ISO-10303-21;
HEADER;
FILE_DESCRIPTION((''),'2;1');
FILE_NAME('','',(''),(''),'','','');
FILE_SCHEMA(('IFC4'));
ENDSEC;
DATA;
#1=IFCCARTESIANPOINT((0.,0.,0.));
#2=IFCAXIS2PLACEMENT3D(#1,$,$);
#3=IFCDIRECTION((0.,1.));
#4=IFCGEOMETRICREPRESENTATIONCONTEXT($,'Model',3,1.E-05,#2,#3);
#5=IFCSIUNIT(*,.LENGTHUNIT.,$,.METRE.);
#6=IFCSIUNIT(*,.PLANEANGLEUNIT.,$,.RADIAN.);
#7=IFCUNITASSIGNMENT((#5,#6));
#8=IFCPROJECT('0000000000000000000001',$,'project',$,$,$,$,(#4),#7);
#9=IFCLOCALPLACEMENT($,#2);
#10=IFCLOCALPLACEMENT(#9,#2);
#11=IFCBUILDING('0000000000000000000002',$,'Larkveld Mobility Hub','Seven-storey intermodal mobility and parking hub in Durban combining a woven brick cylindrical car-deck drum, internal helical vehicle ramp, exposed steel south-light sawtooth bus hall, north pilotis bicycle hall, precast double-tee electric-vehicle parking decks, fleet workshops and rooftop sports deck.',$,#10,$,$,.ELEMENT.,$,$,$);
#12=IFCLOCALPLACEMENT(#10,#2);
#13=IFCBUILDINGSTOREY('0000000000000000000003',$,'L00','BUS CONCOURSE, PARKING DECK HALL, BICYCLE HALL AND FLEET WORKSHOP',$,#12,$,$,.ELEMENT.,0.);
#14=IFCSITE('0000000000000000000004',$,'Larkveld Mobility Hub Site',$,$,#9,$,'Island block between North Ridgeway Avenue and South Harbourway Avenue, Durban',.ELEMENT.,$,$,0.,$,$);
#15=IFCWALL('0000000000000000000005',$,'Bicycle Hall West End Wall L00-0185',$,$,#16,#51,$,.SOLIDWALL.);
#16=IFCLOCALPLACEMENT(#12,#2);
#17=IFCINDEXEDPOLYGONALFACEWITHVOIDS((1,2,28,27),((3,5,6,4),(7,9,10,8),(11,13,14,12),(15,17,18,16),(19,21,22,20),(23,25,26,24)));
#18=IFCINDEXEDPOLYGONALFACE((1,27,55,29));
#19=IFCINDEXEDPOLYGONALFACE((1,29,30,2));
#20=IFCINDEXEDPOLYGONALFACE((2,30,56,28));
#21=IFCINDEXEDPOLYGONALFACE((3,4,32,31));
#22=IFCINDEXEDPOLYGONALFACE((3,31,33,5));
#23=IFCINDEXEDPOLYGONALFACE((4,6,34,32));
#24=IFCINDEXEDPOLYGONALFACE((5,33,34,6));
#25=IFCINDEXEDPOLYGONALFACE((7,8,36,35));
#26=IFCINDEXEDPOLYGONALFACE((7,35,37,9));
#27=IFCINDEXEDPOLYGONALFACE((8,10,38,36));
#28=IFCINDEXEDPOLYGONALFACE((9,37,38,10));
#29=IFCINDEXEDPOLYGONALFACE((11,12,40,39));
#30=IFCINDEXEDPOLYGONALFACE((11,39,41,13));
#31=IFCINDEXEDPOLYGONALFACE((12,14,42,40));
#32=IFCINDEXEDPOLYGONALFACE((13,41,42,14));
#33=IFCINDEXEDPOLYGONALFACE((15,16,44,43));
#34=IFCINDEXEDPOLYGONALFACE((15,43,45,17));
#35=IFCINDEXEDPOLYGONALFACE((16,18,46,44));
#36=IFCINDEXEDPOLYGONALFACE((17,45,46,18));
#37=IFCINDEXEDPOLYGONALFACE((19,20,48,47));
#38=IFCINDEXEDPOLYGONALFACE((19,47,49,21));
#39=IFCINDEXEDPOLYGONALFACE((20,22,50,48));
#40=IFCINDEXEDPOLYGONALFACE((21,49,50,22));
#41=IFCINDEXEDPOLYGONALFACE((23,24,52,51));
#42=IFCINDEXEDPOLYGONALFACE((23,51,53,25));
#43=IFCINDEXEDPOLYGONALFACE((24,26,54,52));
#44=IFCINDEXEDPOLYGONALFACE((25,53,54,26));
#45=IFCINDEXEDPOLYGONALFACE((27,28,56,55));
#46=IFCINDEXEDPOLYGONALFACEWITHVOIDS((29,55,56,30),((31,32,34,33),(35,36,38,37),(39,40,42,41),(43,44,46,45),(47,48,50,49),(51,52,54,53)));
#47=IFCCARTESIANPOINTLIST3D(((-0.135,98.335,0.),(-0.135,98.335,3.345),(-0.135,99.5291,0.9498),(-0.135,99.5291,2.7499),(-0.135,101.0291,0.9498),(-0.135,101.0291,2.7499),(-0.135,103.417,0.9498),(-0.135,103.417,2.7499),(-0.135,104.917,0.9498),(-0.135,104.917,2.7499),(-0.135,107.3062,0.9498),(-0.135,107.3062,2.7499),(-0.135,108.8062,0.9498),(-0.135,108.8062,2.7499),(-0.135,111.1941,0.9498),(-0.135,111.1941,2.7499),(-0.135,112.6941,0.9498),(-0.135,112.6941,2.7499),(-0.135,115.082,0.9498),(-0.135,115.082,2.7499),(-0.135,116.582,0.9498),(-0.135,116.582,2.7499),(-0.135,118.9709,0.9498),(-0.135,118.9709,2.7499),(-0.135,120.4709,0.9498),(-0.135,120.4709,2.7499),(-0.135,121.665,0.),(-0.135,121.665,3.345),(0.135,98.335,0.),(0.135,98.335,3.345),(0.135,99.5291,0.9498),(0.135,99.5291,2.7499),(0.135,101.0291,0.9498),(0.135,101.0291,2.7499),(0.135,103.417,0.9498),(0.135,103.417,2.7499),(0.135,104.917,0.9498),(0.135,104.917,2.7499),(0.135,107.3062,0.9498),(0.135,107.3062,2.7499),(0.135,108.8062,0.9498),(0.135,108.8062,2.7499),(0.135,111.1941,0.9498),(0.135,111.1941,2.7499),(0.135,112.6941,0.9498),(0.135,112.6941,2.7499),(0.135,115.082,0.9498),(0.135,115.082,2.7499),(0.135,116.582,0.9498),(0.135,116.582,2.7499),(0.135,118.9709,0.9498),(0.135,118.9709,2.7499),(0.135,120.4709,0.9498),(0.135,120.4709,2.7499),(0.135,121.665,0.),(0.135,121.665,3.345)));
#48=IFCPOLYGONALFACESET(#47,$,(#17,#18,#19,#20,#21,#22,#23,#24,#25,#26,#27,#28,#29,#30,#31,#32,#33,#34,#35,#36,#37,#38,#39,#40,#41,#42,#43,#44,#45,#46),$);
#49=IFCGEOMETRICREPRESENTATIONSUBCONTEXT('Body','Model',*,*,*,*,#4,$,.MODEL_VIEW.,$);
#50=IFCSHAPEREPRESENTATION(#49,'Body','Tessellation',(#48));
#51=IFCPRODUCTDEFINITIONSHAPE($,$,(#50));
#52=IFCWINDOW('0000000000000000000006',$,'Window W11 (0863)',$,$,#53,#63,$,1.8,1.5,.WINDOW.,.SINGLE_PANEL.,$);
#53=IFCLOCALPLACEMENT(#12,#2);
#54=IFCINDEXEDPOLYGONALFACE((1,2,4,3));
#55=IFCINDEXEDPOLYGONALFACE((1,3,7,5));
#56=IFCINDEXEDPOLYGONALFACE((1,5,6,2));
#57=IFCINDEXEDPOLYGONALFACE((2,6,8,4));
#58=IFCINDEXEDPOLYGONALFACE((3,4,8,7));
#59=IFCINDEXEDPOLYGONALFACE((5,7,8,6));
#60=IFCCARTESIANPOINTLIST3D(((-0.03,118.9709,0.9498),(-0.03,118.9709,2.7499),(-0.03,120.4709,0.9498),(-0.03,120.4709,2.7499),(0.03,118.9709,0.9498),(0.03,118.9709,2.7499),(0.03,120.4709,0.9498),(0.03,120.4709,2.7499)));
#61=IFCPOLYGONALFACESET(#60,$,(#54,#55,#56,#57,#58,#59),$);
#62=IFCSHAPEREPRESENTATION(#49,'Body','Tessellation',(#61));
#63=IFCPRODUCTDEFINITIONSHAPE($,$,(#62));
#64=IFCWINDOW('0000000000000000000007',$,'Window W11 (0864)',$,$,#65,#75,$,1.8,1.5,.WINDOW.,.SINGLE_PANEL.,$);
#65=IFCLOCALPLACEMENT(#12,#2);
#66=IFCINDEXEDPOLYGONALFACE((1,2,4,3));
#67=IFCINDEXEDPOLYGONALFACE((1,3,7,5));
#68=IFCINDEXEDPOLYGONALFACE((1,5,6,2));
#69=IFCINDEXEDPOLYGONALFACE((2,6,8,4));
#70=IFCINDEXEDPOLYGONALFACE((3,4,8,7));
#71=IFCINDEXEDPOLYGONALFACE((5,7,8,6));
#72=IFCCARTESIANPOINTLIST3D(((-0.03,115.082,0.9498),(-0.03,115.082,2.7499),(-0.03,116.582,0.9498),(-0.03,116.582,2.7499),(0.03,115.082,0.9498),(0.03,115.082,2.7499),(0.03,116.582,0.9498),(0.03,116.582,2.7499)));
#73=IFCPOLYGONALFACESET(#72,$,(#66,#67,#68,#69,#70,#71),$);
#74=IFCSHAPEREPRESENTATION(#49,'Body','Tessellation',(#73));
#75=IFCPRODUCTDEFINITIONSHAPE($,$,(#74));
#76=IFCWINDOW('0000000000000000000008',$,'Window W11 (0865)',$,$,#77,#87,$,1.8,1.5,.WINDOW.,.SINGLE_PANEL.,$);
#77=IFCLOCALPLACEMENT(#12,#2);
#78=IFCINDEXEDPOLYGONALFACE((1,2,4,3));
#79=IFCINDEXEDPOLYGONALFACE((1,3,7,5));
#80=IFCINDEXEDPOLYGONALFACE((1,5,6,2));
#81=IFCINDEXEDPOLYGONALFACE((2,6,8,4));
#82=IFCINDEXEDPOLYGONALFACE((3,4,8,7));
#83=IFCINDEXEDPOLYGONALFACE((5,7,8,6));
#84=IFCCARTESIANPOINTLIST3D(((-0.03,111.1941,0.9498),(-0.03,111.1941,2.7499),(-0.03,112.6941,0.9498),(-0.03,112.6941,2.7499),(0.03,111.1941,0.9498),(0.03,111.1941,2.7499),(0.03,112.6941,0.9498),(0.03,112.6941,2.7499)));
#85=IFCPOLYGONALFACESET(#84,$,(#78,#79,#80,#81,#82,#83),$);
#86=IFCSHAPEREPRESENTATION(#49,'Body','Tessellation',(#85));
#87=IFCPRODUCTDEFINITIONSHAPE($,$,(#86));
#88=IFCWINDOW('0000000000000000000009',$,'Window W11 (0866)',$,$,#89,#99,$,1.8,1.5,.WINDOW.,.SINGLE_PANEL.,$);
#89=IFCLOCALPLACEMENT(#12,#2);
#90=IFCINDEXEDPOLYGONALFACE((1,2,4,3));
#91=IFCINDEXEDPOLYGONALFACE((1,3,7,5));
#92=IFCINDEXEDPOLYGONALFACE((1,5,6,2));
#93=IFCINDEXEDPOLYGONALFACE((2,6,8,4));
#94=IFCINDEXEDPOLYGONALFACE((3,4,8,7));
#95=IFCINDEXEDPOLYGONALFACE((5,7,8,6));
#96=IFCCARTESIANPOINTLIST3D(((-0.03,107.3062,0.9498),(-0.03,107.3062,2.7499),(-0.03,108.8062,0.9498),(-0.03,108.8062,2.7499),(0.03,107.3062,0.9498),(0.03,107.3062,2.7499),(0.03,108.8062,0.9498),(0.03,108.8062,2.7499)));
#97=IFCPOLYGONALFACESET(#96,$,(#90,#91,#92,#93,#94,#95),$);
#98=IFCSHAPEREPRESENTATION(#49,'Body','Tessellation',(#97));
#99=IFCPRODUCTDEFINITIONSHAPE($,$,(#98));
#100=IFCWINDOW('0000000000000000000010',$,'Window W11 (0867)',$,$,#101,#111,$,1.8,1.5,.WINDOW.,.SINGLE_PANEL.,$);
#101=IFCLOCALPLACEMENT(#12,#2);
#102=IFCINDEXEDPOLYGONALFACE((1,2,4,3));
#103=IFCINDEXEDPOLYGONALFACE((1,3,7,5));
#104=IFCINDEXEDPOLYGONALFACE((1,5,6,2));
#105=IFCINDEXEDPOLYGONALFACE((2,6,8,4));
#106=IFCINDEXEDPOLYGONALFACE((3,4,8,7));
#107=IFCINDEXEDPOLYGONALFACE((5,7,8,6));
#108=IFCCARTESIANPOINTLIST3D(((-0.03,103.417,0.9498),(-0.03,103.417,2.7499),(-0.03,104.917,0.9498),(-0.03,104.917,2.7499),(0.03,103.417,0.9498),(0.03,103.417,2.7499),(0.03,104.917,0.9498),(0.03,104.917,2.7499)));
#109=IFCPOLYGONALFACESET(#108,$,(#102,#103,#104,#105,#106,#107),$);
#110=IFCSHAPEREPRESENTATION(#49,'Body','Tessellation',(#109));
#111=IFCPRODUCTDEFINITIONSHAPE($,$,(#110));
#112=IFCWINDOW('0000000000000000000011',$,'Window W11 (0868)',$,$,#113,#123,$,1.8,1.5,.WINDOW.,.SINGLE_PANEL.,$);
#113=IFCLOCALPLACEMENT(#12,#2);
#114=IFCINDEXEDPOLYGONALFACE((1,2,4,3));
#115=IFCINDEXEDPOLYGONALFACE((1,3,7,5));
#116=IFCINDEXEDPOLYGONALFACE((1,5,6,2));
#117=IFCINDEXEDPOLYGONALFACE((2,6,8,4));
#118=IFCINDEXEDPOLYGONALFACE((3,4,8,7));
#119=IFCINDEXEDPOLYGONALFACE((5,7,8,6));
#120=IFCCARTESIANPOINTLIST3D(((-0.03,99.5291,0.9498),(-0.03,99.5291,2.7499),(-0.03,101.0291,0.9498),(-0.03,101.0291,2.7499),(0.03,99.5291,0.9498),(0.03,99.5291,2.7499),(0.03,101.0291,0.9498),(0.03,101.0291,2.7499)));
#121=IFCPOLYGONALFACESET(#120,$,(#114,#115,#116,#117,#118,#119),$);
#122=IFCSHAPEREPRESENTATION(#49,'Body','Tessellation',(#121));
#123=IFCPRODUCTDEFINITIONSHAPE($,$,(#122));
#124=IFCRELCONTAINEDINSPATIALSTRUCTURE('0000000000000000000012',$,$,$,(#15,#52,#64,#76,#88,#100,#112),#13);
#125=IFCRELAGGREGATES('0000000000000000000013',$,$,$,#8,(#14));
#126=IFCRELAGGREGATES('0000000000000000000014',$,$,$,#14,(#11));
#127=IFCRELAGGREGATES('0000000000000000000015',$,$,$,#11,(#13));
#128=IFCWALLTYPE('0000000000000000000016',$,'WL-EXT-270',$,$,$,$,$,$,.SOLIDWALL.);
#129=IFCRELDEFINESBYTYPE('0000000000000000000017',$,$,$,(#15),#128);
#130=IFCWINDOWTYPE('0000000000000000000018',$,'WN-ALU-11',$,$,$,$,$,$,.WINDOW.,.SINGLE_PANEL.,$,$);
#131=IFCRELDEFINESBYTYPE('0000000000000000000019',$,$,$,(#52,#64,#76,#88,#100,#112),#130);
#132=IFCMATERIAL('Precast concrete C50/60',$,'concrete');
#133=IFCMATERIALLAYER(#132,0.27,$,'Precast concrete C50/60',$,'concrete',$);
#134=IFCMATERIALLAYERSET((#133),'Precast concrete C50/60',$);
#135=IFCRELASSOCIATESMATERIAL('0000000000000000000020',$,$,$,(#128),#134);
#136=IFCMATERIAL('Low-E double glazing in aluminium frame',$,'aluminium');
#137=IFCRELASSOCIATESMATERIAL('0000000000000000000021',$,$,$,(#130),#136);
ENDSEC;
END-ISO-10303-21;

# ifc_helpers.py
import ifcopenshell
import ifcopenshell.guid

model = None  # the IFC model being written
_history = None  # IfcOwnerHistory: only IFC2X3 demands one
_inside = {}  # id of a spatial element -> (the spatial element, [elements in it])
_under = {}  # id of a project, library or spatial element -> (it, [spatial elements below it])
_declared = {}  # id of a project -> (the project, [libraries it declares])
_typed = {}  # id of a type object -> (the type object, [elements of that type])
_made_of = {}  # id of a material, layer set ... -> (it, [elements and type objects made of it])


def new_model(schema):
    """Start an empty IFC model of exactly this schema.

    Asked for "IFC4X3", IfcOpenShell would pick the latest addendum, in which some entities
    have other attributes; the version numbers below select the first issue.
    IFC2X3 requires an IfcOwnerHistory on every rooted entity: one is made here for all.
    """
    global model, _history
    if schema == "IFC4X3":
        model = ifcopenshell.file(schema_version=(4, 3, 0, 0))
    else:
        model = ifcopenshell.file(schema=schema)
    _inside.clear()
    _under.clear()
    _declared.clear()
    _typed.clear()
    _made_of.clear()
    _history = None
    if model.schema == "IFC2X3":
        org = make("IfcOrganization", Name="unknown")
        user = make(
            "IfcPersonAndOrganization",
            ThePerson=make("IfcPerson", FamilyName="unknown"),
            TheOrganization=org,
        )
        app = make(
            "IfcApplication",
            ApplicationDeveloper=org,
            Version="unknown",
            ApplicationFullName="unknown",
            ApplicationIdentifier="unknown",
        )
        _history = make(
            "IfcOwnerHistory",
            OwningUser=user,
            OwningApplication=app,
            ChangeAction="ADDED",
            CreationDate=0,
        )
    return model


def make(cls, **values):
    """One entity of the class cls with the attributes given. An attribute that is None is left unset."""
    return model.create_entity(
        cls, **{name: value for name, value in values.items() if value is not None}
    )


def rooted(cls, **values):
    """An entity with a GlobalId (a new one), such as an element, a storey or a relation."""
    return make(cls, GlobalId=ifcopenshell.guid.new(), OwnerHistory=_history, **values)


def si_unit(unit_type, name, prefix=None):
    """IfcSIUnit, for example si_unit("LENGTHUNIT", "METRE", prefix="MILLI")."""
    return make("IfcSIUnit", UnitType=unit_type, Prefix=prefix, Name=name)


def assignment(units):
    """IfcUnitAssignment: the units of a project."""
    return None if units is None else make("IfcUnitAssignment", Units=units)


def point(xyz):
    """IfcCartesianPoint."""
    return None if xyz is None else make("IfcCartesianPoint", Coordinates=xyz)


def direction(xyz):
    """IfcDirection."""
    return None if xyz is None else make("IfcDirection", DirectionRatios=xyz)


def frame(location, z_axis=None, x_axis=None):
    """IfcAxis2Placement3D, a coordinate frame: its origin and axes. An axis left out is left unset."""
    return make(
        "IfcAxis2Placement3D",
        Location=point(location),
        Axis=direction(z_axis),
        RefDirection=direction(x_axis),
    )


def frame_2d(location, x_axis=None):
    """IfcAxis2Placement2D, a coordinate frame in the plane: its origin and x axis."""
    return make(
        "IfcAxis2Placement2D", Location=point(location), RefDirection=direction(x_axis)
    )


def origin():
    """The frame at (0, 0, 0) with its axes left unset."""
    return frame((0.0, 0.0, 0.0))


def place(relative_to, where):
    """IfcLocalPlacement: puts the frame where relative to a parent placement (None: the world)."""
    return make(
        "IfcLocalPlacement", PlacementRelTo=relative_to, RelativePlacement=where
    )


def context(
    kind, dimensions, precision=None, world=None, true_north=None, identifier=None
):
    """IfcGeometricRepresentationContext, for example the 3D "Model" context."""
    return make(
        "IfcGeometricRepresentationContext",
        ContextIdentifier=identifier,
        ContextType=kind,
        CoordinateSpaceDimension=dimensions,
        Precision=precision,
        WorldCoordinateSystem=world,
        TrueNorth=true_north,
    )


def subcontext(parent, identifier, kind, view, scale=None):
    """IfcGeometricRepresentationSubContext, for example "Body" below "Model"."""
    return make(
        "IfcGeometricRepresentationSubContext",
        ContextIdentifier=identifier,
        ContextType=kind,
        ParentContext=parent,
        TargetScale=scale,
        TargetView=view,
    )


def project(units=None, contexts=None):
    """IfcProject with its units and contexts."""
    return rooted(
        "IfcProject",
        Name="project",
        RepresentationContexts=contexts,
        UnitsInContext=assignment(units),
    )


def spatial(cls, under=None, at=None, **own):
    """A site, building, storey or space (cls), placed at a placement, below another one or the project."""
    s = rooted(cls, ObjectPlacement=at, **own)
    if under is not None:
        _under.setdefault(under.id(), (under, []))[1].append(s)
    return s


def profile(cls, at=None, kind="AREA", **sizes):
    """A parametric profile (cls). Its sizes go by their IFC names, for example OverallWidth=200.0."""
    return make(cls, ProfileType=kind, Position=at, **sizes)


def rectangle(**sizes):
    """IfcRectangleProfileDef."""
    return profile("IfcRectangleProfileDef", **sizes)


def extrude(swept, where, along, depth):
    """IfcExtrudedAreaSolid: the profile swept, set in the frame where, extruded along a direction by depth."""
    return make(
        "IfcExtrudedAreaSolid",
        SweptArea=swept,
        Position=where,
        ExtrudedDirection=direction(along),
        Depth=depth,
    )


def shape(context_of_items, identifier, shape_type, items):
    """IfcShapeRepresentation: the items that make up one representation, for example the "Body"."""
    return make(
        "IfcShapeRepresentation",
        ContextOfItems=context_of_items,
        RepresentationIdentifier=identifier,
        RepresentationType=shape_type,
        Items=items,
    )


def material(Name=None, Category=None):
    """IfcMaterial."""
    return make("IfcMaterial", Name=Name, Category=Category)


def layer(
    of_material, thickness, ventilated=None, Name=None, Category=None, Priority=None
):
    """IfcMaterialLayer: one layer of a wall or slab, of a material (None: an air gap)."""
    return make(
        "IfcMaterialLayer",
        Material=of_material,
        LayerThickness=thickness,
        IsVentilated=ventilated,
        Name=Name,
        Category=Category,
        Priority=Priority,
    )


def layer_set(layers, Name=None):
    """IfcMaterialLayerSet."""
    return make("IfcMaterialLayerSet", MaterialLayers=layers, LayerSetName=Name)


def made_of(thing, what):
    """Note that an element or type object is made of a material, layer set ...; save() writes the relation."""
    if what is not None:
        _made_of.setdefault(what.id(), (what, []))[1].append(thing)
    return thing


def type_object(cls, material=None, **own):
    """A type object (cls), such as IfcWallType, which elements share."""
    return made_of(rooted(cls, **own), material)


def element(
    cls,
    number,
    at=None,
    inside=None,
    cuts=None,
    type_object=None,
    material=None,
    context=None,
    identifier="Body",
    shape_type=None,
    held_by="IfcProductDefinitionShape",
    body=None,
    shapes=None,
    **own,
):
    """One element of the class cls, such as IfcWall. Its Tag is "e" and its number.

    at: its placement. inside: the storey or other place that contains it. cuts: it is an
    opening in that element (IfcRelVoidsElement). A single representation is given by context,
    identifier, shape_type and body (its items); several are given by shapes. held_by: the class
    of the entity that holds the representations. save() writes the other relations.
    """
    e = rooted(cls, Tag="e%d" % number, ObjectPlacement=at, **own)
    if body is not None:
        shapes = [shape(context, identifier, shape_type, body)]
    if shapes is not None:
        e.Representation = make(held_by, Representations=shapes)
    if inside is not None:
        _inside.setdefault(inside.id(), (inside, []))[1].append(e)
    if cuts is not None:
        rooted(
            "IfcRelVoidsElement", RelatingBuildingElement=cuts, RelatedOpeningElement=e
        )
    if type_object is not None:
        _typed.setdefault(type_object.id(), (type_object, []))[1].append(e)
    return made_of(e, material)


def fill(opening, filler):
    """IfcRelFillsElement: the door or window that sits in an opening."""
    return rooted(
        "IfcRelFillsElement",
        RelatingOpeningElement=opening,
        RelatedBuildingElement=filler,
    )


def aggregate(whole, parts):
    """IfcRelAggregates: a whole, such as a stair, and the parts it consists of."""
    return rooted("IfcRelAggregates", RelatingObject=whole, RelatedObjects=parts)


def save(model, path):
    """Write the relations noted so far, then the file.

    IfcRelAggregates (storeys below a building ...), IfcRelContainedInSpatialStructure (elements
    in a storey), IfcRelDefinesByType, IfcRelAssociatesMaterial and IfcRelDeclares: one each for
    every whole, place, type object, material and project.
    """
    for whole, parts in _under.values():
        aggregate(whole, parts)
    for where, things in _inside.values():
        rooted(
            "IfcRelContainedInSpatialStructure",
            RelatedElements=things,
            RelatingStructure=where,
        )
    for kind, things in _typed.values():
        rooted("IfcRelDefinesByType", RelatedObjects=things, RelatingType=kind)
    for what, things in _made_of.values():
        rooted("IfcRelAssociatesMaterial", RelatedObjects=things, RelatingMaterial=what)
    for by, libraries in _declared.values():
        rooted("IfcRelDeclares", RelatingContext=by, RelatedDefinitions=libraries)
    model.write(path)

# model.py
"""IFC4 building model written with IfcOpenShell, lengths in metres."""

from ifc_helpers import new_model, si_unit, direction, frame, frame_2d, origin, place, context, subcontext, project, spatial, rectangle, extrude, material, layer, layer_set, type_object, element, fill, save


model = new_model("IFC4")

# Units and contexts
model_context = context("Model", 3, precision=1e-05, world=origin(), true_north=direction((0.0, 1.0)))
body_context = subcontext(model_context, "Body", "Model", "MODEL_VIEW")
ifc_project = project(units=[si_unit("LENGTHUNIT", "METRE"), si_unit("PLANEANGLEUNIT", "RADIAN")], contexts=[model_context])

# Site, building, storey
site_placement = place(None, origin())
site = spatial("IfcSite", under=ifc_project, at=site_placement, Name="Larkveld Mobility Hub Site", LongName="Island block between North Ridgeway Avenue and South Harbourway Avenue, Durban", CompositionType="ELEMENT", RefElevation=0.0)
building_placement = place(site_placement, origin())
building = spatial("IfcBuilding", under=site, at=building_placement, Name="Larkveld Mobility Hub", Description="Seven-storey intermodal mobility and parking hub in Durban combining a woven brick cylindrical car-deck drum, internal helical vehicle ramp, exposed steel south-light sawtooth bus hall, north pilotis bicycle hall, precast double-tee electric-vehicle parking decks, fleet workshops and rooftop sports deck.", CompositionType="ELEMENT")
storey_placement = place(building_placement, origin())
storey = spatial("IfcBuildingStorey", under=building, at=storey_placement, Name="L00", Description="BUS CONCOURSE, PARKING DECK HALL, BICYCLE HALL AND FLEET WORKSHOP", CompositionType="ELEMENT", Elevation=0.0)

# Shared definitions
ifc_material_1 = material(Name="Precast concrete C50/60", Category="concrete")

# Wall, openings, windows
ifc_layer_1 = layer(ifc_material_1, 0.27, Name="Precast concrete C50/60", Category="concrete")
ifc_layer_set_1 = layer_set([ifc_layer_1], Name="Precast concrete C50/60")
wall_type = type_object("IfcWallType", Name="WL-EXT-270", PredefinedType="SOLIDWALL", material=ifc_layer_set_1)
wall_placement = place(storey_placement, frame((0.0, 121.665, 0.0), z_axis=(0.0, 0.0, 1.0), x_axis=(0.0, -1.0, 0.0)))
wall = element("IfcWall", 1, at=wall_placement, inside=storey, type_object=wall_type, Name="Bicycle Hall West End Wall L00-0185", PredefinedType="SOLIDWALL", context=body_context, shape_type="SweptSolid", body=[
    extrude(rectangle(XDim=23.3301, YDim=0.27, at=frame_2d((11.665, 0.0))), origin(), (0.0, 0.0, 1.0), 3.345),
])
opening_1_placement = place(wall_placement, frame((1.1941, 0.0, 0.95)))
opening_1 = element("IfcOpeningElement", 2, at=opening_1_placement, cuts=wall, PredefinedType="OPENING", context=body_context, shape_type="SweptSolid", body=[
    extrude(rectangle(XDim=1.5, YDim=1.8, at=frame_2d((0.75, 0.8999))), frame((0.0, 0.145, 0.0), z_axis=(0.0, -1.0, 0.0), x_axis=(1.0, 0.0, 0.0)), (0.0, 0.0, 1.0), 0.29),
])
opening_2_placement = place(wall_placement, frame((5.083, 0.0, 0.95)))
opening_2 = element("IfcOpeningElement", 3, at=opening_2_placement, cuts=wall, PredefinedType="OPENING", context=body_context, shape_type="SweptSolid", body=[
    extrude(rectangle(XDim=1.5, YDim=1.8, at=frame_2d((0.75, 0.8999))), frame((0.0, 0.145, 0.0), z_axis=(0.0, -1.0, 0.0), x_axis=(1.0, 0.0, 0.0)), (0.0, 0.0, 1.0), 0.29),
])
opening_3_placement = place(wall_placement, frame((8.9709, 0.0, 0.95)))
opening_3 = element("IfcOpeningElement", 4, at=opening_3_placement, cuts=wall, PredefinedType="OPENING", context=body_context, shape_type="SweptSolid", body=[
    extrude(rectangle(XDim=1.5, YDim=1.8, at=frame_2d((0.75, 0.8999))), frame((0.0, 0.145, 0.0), z_axis=(0.0, -1.0, 0.0), x_axis=(1.0, 0.0, 0.0)), (0.0, 0.0, 1.0), 0.29),
])
opening_4_placement = place(wall_placement, frame((12.8589, 0.0, 0.95)))
opening_4 = element("IfcOpeningElement", 5, at=opening_4_placement, cuts=wall, PredefinedType="OPENING", context=body_context, shape_type="SweptSolid", body=[
    extrude(rectangle(XDim=1.5, YDim=1.8, at=frame_2d((0.75, 0.8999))), frame((0.0, 0.145, 0.0), z_axis=(0.0, -1.0, 0.0), x_axis=(1.0, 0.0, 0.0)), (0.0, 0.0, 1.0), 0.29),
])
opening_5_placement = place(wall_placement, frame((16.748, 0.0, 0.95)))
opening_5 = element("IfcOpeningElement", 6, at=opening_5_placement, cuts=wall, PredefinedType="OPENING", context=body_context, shape_type="SweptSolid", body=[
    extrude(rectangle(XDim=1.5, YDim=1.8, at=frame_2d((0.75, 0.8999))), frame((0.0, 0.145, 0.0), z_axis=(0.0, -1.0, 0.0), x_axis=(1.0, 0.0, 0.0)), (0.0, 0.0, 1.0), 0.29),
])
opening_6_placement = place(wall_placement, frame((20.636, 0.0, 0.95)))
opening_6 = element("IfcOpeningElement", 7, at=opening_6_placement, cuts=wall, PredefinedType="OPENING", context=body_context, shape_type="SweptSolid", body=[
    extrude(rectangle(XDim=1.5, YDim=1.8, at=frame_2d((0.75, 0.8999))), frame((0.0, 0.145, 0.0), z_axis=(0.0, -1.0, 0.0), x_axis=(1.0, 0.0, 0.0)), (0.0, 0.0, 1.0), 0.29),
])
ifc_material_2 = material(Name="Low-E double glazing in aluminium frame", Category="aluminium")
window_type = type_object("IfcWindowType", Name="WN-ALU-11", PartitioningType="SINGLE_PANEL", PredefinedType="WINDOW", material=ifc_material_2)
window_1_placement = place(opening_1_placement, origin())
window_1 = element("IfcWindow", 8, at=window_1_placement, inside=storey, type_object=window_type, Name="Window W11 (0863)", OverallHeight=1.8, OverallWidth=1.5, PartitioningType="SINGLE_PANEL", PredefinedType="WINDOW", context=body_context, shape_type="SweptSolid", body=[
    extrude(rectangle(XDim=1.5, YDim=1.8, at=frame_2d((0.75, 0.8999))), frame((0.0, 0.03, 0.0), z_axis=(0.0, -1.0, 0.0), x_axis=(1.0, 0.0, 0.0)), (0.0, 0.0, 1.0), 0.0601),
])
fill(opening_1, window_1)
window_2_placement = place(opening_2_placement, origin())
window_2 = element("IfcWindow", 9, at=window_2_placement, inside=storey, type_object=window_type, Name="Window W11 (0864)", OverallHeight=1.8, OverallWidth=1.5, PartitioningType="SINGLE_PANEL", PredefinedType="WINDOW", context=body_context, shape_type="SweptSolid", body=[
    extrude(rectangle(XDim=1.5, YDim=1.8, at=frame_2d((0.75, 0.8999))), frame((0.0, 0.03, 0.0), z_axis=(0.0, -1.0, 0.0), x_axis=(1.0, 0.0, 0.0)), (0.0, 0.0, 1.0), 0.0601),
])
fill(opening_2, window_2)
window_3_placement = place(opening_3_placement, origin())
window_3 = element("IfcWindow", 10, at=window_3_placement, inside=storey, type_object=window_type, Name="Window W11 (0865)", OverallHeight=1.8, OverallWidth=1.5, PartitioningType="SINGLE_PANEL", PredefinedType="WINDOW", context=body_context, shape_type="SweptSolid", body=[
    extrude(rectangle(XDim=1.5, YDim=1.8, at=frame_2d((0.75, 0.8999))), frame((0.0, 0.03, 0.0), z_axis=(0.0, -1.0, 0.0), x_axis=(1.0, 0.0, 0.0)), (0.0, 0.0, 1.0), 0.0601),
])
fill(opening_3, window_3)
window_4_placement = place(opening_4_placement, origin())
window_4 = element("IfcWindow", 11, at=window_4_placement, inside=storey, type_object=window_type, Name="Window W11 (0866)", OverallHeight=1.8, OverallWidth=1.5, PartitioningType="SINGLE_PANEL", PredefinedType="WINDOW", context=body_context, shape_type="SweptSolid", body=[
    extrude(rectangle(XDim=1.5, YDim=1.8, at=frame_2d((0.75, 0.8999))), frame((0.0, 0.03, 0.0), z_axis=(0.0, -1.0, 0.0), x_axis=(1.0, 0.0, 0.0)), (0.0, 0.0, 1.0), 0.0601),
])
fill(opening_4, window_4)
window_5_placement = place(opening_5_placement, origin())
window_5 = element("IfcWindow", 12, at=window_5_placement, inside=storey, type_object=window_type, Name="Window W11 (0867)", OverallHeight=1.8, OverallWidth=1.5, PartitioningType="SINGLE_PANEL", PredefinedType="WINDOW", context=body_context, shape_type="SweptSolid", body=[
    extrude(rectangle(XDim=1.5, YDim=1.8, at=frame_2d((0.75, 0.8999))), frame((0.0, 0.03, 0.0), z_axis=(0.0, -1.0, 0.0), x_axis=(1.0, 0.0, 0.0)), (0.0, 0.0, 1.0), 0.0601),
])
fill(opening_5, window_5)
window_6_placement = place(opening_6_placement, origin())
window_6 = element("IfcWindow", 13, at=window_6_placement, inside=storey, type_object=window_type, Name="Window W11 (0868)", OverallHeight=1.8, OverallWidth=1.5, PartitioningType="SINGLE_PANEL", PredefinedType="WINDOW", context=body_context, shape_type="SweptSolid", body=[
    extrude(rectangle(XDim=1.5, YDim=1.8, at=frame_2d((0.75, 0.8999))), frame((0.0, 0.03, 0.0), z_axis=(0.0, -1.0, 0.0), x_axis=(1.0, 0.0, 0.0)), (0.0, 0.0, 1.0), 0.0601),
])
fill(opening_6, window_6)

save(model, "model.ifc")
